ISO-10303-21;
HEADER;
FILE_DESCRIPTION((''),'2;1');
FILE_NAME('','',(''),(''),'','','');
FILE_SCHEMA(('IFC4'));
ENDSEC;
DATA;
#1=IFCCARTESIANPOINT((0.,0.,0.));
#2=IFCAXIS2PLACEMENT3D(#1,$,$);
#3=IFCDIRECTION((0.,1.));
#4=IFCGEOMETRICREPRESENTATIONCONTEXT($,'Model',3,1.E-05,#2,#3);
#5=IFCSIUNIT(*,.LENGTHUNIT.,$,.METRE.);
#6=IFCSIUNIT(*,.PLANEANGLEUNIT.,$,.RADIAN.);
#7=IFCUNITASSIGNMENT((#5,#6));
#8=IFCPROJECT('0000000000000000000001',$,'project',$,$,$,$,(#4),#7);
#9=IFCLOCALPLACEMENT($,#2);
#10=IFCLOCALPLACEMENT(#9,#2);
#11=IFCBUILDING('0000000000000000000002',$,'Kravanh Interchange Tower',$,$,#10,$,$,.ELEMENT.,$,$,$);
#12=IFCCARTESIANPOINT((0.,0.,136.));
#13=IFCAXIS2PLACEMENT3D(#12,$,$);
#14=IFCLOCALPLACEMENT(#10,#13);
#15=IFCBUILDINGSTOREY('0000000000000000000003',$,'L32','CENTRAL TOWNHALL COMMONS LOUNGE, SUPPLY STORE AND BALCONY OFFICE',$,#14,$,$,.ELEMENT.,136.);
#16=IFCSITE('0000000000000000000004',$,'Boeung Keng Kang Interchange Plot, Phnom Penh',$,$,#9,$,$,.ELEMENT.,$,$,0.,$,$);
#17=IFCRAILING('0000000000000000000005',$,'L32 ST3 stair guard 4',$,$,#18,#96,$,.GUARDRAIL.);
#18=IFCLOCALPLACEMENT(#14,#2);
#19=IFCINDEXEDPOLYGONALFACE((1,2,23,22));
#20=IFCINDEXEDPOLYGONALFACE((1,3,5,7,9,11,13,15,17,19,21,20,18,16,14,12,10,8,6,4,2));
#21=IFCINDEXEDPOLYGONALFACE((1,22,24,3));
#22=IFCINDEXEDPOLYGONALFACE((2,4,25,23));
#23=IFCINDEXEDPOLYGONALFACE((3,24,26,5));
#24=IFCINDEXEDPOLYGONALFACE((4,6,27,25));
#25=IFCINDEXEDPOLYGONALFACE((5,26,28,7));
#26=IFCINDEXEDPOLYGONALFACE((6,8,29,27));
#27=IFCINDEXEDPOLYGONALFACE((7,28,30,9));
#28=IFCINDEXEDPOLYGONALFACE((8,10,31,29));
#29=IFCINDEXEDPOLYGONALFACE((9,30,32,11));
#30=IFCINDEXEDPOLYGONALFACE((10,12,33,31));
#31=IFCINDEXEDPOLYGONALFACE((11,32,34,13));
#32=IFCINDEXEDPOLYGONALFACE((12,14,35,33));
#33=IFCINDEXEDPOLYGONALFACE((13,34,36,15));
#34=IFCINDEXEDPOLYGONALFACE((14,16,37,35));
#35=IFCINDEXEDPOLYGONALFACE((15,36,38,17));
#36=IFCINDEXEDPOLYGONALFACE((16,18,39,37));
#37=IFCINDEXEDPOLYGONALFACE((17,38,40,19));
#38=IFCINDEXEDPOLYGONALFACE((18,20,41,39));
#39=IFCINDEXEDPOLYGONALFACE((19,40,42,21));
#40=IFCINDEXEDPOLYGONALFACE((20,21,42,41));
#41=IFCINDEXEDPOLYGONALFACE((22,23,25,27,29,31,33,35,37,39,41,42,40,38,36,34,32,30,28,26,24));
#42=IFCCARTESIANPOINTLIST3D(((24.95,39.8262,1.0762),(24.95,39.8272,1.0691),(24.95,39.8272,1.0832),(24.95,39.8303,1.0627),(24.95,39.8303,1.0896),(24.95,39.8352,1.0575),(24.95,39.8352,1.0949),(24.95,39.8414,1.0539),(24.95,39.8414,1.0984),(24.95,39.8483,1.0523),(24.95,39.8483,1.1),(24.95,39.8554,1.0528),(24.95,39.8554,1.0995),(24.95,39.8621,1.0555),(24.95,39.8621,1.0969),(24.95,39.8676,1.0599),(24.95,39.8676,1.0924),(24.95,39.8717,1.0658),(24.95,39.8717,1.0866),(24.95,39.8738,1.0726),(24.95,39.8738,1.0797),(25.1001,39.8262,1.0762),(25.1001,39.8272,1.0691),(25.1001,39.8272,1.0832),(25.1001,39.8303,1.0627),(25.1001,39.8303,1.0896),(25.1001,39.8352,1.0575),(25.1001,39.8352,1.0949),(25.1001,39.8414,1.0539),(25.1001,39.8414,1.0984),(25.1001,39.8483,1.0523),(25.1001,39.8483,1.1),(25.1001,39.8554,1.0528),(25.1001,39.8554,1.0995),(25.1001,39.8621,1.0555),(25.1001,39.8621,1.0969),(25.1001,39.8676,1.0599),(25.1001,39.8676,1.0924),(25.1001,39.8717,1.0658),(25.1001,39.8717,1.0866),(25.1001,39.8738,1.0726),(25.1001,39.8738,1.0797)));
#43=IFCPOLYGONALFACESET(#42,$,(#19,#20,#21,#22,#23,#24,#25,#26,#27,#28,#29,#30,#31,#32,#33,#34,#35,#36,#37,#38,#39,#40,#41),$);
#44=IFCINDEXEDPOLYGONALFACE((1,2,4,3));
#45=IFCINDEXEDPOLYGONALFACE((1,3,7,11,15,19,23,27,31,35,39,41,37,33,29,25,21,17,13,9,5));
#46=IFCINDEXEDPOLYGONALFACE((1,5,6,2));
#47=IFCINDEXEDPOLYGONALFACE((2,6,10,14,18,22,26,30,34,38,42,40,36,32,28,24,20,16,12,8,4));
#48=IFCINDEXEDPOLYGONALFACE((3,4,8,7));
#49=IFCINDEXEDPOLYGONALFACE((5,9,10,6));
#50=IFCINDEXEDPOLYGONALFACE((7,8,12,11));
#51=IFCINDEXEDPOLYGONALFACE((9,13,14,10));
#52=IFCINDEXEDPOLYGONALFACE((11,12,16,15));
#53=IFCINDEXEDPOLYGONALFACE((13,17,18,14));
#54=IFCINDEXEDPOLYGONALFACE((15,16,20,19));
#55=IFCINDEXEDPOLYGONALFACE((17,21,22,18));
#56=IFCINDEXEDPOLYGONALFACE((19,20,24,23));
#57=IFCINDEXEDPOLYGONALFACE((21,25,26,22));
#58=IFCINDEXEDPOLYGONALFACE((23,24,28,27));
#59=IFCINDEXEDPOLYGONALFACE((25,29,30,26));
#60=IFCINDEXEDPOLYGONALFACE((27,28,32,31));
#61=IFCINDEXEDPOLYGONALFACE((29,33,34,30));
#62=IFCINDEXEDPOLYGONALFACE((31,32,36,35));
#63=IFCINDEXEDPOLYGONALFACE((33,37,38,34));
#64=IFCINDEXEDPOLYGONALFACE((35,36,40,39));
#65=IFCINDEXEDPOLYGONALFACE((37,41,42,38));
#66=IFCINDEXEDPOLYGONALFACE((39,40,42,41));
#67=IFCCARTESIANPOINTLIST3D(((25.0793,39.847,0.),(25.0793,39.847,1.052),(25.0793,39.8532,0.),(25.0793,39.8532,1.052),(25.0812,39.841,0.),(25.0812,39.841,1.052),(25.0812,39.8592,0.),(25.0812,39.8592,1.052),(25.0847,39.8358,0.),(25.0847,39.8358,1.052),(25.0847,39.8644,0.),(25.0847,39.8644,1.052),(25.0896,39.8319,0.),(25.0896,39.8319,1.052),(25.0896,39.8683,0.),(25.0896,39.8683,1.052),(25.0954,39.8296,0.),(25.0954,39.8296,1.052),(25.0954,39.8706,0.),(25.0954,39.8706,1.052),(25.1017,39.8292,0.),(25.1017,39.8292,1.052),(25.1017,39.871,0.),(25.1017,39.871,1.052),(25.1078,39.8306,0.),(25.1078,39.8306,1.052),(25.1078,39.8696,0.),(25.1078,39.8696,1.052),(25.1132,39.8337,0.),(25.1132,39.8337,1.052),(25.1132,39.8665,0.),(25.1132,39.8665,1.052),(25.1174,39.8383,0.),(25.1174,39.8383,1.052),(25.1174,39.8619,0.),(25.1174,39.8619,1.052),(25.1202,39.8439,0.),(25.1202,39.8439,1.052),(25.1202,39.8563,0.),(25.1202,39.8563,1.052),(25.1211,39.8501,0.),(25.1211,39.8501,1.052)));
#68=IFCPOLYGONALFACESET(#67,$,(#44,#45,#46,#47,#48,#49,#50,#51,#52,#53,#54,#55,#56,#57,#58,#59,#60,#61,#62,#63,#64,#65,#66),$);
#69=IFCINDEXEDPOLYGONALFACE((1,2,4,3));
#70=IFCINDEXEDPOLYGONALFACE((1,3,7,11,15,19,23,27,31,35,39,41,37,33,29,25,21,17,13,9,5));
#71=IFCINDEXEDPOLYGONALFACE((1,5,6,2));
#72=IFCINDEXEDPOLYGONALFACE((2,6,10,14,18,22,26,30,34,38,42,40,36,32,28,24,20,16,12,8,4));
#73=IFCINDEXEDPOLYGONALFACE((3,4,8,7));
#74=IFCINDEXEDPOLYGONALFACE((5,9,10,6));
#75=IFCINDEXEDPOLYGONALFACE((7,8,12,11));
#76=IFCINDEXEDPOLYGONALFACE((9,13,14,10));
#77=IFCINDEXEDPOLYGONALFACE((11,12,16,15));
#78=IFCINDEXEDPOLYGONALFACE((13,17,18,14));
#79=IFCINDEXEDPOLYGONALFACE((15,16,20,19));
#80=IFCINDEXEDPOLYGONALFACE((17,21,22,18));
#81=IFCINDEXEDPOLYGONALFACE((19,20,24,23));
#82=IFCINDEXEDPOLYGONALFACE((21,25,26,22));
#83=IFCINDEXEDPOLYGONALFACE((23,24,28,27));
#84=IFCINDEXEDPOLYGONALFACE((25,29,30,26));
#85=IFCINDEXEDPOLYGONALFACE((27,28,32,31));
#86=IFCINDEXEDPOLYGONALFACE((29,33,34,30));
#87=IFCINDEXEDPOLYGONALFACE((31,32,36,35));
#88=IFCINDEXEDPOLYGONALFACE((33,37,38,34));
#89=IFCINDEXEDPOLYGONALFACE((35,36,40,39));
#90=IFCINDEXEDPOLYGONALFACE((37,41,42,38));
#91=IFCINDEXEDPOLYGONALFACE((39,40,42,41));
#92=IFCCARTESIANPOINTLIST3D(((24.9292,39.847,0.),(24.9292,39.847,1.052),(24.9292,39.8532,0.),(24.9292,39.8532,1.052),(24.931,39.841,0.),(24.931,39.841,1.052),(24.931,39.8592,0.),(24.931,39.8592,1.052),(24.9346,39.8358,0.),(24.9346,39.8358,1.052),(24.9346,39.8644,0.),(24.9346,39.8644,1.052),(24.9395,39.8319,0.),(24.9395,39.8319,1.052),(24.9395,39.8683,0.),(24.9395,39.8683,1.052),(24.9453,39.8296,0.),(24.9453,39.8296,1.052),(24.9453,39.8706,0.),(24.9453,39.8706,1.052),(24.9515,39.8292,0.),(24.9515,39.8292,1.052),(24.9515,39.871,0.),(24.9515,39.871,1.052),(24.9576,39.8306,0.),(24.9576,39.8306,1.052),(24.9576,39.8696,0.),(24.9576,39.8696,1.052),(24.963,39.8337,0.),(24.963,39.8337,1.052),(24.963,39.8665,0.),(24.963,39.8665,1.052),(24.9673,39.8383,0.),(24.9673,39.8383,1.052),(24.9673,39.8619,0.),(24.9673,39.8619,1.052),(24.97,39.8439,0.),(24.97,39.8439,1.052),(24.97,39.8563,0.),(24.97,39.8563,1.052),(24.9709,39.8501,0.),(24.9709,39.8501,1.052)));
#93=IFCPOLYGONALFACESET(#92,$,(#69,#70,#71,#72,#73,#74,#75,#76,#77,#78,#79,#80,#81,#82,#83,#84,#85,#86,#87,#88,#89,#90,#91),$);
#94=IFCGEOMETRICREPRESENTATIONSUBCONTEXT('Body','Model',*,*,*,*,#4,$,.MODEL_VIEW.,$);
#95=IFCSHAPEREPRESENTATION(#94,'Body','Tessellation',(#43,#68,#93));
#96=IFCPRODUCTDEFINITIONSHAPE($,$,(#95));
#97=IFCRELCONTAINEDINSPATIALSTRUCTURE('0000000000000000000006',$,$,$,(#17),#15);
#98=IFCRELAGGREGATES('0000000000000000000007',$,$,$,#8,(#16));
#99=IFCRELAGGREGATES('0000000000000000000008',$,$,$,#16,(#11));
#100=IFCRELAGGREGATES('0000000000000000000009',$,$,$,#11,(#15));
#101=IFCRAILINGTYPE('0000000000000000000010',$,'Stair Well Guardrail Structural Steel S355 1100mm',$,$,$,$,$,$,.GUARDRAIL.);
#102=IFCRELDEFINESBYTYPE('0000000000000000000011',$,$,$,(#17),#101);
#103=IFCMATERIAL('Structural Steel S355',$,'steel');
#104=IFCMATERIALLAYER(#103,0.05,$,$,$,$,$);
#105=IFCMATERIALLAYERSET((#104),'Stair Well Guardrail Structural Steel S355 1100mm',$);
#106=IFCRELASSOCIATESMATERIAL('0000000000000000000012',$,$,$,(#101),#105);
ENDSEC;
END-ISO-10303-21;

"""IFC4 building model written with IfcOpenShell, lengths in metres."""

from ifc_helpers import new_model, si_unit, direction, frame, origin, origin_2d, place, context, subcontext, project, spatial, circle, extrude, material, layer, layer_set, type_object, element, save


model = new_model("IFC4")

# Units and contexts
model_context = context("Model", 3, precision=1e-05, world=origin(), true_north=direction((0.0, 1.0)))
body_context = subcontext(model_context, "Body", "Model", "MODEL_VIEW")
ifc_project = project(units=[si_unit("LENGTHUNIT", "METRE"), si_unit("PLANEANGLEUNIT", "RADIAN")], contexts=[model_context])

# Site, building, storey
site_placement = place(None, origin())
site = spatial("IfcSite", under=ifc_project, at=site_placement, Name="Boeung Keng Kang Interchange Plot, Phnom Penh", CompositionType="ELEMENT", RefElevation=0.0)
building_placement = place(site_placement, origin())
building = spatial("IfcBuilding", under=site, at=building_placement, Name="Kravanh Interchange Tower", CompositionType="ELEMENT")
storey_placement = place(building_placement, frame((0.0, 0.0, 136.0)))
storey = spatial("IfcBuildingStorey", under=building, at=storey_placement, Name="L32", Description="CENTRAL TOWNHALL COMMONS LOUNGE, SUPPLY STORE AND BALCONY OFFICE", CompositionType="ELEMENT", Elevation=136.0)

# Railing
ifc_material_1 = material(Name="Structural Steel S355", Category="steel")
ifc_layer_1 = layer(ifc_material_1, 0.05)
ifc_layer_set_1 = layer_set([ifc_layer_1], Name="Stair Well Guardrail Structural Steel S355 1100mm")
railing_type_1 = type_object("IfcRailingType", Name="Stair Well Guardrail Structural Steel S355 1100mm", PredefinedType="GUARDRAIL", material=ifc_layer_set_1)
railing_1_placement = place(storey_placement, frame((25.1001, 39.8501, 0.0)))
element("IfcRailing", 1, at=railing_1_placement, inside=storey, type_object=railing_type_1, Name="L32 ST3 stair guard 4", PredefinedType="GUARDRAIL", context=body_context, shape_type="SweptSolid", body=[
    extrude(circle(Radius=0.0239, at=origin_2d()), frame((0.0, 0.0, 1.0762), z_axis=(-1.0, 0.0, 0.0), x_axis=(0.0, -1.0, 0.0)), (0.0, 0.0, 1.0), 0.1501),
    extrude(circle(Radius=0.021, at=origin_2d()), origin(), (0.0, 0.0, 1.0), 1.052),
    extrude(circle(Radius=0.021, at=origin_2d()), frame((-0.1501, 0.0, 0.0)), (0.0, 0.0, 1.0), 1.052),
])

save(model, "model.ifc")
